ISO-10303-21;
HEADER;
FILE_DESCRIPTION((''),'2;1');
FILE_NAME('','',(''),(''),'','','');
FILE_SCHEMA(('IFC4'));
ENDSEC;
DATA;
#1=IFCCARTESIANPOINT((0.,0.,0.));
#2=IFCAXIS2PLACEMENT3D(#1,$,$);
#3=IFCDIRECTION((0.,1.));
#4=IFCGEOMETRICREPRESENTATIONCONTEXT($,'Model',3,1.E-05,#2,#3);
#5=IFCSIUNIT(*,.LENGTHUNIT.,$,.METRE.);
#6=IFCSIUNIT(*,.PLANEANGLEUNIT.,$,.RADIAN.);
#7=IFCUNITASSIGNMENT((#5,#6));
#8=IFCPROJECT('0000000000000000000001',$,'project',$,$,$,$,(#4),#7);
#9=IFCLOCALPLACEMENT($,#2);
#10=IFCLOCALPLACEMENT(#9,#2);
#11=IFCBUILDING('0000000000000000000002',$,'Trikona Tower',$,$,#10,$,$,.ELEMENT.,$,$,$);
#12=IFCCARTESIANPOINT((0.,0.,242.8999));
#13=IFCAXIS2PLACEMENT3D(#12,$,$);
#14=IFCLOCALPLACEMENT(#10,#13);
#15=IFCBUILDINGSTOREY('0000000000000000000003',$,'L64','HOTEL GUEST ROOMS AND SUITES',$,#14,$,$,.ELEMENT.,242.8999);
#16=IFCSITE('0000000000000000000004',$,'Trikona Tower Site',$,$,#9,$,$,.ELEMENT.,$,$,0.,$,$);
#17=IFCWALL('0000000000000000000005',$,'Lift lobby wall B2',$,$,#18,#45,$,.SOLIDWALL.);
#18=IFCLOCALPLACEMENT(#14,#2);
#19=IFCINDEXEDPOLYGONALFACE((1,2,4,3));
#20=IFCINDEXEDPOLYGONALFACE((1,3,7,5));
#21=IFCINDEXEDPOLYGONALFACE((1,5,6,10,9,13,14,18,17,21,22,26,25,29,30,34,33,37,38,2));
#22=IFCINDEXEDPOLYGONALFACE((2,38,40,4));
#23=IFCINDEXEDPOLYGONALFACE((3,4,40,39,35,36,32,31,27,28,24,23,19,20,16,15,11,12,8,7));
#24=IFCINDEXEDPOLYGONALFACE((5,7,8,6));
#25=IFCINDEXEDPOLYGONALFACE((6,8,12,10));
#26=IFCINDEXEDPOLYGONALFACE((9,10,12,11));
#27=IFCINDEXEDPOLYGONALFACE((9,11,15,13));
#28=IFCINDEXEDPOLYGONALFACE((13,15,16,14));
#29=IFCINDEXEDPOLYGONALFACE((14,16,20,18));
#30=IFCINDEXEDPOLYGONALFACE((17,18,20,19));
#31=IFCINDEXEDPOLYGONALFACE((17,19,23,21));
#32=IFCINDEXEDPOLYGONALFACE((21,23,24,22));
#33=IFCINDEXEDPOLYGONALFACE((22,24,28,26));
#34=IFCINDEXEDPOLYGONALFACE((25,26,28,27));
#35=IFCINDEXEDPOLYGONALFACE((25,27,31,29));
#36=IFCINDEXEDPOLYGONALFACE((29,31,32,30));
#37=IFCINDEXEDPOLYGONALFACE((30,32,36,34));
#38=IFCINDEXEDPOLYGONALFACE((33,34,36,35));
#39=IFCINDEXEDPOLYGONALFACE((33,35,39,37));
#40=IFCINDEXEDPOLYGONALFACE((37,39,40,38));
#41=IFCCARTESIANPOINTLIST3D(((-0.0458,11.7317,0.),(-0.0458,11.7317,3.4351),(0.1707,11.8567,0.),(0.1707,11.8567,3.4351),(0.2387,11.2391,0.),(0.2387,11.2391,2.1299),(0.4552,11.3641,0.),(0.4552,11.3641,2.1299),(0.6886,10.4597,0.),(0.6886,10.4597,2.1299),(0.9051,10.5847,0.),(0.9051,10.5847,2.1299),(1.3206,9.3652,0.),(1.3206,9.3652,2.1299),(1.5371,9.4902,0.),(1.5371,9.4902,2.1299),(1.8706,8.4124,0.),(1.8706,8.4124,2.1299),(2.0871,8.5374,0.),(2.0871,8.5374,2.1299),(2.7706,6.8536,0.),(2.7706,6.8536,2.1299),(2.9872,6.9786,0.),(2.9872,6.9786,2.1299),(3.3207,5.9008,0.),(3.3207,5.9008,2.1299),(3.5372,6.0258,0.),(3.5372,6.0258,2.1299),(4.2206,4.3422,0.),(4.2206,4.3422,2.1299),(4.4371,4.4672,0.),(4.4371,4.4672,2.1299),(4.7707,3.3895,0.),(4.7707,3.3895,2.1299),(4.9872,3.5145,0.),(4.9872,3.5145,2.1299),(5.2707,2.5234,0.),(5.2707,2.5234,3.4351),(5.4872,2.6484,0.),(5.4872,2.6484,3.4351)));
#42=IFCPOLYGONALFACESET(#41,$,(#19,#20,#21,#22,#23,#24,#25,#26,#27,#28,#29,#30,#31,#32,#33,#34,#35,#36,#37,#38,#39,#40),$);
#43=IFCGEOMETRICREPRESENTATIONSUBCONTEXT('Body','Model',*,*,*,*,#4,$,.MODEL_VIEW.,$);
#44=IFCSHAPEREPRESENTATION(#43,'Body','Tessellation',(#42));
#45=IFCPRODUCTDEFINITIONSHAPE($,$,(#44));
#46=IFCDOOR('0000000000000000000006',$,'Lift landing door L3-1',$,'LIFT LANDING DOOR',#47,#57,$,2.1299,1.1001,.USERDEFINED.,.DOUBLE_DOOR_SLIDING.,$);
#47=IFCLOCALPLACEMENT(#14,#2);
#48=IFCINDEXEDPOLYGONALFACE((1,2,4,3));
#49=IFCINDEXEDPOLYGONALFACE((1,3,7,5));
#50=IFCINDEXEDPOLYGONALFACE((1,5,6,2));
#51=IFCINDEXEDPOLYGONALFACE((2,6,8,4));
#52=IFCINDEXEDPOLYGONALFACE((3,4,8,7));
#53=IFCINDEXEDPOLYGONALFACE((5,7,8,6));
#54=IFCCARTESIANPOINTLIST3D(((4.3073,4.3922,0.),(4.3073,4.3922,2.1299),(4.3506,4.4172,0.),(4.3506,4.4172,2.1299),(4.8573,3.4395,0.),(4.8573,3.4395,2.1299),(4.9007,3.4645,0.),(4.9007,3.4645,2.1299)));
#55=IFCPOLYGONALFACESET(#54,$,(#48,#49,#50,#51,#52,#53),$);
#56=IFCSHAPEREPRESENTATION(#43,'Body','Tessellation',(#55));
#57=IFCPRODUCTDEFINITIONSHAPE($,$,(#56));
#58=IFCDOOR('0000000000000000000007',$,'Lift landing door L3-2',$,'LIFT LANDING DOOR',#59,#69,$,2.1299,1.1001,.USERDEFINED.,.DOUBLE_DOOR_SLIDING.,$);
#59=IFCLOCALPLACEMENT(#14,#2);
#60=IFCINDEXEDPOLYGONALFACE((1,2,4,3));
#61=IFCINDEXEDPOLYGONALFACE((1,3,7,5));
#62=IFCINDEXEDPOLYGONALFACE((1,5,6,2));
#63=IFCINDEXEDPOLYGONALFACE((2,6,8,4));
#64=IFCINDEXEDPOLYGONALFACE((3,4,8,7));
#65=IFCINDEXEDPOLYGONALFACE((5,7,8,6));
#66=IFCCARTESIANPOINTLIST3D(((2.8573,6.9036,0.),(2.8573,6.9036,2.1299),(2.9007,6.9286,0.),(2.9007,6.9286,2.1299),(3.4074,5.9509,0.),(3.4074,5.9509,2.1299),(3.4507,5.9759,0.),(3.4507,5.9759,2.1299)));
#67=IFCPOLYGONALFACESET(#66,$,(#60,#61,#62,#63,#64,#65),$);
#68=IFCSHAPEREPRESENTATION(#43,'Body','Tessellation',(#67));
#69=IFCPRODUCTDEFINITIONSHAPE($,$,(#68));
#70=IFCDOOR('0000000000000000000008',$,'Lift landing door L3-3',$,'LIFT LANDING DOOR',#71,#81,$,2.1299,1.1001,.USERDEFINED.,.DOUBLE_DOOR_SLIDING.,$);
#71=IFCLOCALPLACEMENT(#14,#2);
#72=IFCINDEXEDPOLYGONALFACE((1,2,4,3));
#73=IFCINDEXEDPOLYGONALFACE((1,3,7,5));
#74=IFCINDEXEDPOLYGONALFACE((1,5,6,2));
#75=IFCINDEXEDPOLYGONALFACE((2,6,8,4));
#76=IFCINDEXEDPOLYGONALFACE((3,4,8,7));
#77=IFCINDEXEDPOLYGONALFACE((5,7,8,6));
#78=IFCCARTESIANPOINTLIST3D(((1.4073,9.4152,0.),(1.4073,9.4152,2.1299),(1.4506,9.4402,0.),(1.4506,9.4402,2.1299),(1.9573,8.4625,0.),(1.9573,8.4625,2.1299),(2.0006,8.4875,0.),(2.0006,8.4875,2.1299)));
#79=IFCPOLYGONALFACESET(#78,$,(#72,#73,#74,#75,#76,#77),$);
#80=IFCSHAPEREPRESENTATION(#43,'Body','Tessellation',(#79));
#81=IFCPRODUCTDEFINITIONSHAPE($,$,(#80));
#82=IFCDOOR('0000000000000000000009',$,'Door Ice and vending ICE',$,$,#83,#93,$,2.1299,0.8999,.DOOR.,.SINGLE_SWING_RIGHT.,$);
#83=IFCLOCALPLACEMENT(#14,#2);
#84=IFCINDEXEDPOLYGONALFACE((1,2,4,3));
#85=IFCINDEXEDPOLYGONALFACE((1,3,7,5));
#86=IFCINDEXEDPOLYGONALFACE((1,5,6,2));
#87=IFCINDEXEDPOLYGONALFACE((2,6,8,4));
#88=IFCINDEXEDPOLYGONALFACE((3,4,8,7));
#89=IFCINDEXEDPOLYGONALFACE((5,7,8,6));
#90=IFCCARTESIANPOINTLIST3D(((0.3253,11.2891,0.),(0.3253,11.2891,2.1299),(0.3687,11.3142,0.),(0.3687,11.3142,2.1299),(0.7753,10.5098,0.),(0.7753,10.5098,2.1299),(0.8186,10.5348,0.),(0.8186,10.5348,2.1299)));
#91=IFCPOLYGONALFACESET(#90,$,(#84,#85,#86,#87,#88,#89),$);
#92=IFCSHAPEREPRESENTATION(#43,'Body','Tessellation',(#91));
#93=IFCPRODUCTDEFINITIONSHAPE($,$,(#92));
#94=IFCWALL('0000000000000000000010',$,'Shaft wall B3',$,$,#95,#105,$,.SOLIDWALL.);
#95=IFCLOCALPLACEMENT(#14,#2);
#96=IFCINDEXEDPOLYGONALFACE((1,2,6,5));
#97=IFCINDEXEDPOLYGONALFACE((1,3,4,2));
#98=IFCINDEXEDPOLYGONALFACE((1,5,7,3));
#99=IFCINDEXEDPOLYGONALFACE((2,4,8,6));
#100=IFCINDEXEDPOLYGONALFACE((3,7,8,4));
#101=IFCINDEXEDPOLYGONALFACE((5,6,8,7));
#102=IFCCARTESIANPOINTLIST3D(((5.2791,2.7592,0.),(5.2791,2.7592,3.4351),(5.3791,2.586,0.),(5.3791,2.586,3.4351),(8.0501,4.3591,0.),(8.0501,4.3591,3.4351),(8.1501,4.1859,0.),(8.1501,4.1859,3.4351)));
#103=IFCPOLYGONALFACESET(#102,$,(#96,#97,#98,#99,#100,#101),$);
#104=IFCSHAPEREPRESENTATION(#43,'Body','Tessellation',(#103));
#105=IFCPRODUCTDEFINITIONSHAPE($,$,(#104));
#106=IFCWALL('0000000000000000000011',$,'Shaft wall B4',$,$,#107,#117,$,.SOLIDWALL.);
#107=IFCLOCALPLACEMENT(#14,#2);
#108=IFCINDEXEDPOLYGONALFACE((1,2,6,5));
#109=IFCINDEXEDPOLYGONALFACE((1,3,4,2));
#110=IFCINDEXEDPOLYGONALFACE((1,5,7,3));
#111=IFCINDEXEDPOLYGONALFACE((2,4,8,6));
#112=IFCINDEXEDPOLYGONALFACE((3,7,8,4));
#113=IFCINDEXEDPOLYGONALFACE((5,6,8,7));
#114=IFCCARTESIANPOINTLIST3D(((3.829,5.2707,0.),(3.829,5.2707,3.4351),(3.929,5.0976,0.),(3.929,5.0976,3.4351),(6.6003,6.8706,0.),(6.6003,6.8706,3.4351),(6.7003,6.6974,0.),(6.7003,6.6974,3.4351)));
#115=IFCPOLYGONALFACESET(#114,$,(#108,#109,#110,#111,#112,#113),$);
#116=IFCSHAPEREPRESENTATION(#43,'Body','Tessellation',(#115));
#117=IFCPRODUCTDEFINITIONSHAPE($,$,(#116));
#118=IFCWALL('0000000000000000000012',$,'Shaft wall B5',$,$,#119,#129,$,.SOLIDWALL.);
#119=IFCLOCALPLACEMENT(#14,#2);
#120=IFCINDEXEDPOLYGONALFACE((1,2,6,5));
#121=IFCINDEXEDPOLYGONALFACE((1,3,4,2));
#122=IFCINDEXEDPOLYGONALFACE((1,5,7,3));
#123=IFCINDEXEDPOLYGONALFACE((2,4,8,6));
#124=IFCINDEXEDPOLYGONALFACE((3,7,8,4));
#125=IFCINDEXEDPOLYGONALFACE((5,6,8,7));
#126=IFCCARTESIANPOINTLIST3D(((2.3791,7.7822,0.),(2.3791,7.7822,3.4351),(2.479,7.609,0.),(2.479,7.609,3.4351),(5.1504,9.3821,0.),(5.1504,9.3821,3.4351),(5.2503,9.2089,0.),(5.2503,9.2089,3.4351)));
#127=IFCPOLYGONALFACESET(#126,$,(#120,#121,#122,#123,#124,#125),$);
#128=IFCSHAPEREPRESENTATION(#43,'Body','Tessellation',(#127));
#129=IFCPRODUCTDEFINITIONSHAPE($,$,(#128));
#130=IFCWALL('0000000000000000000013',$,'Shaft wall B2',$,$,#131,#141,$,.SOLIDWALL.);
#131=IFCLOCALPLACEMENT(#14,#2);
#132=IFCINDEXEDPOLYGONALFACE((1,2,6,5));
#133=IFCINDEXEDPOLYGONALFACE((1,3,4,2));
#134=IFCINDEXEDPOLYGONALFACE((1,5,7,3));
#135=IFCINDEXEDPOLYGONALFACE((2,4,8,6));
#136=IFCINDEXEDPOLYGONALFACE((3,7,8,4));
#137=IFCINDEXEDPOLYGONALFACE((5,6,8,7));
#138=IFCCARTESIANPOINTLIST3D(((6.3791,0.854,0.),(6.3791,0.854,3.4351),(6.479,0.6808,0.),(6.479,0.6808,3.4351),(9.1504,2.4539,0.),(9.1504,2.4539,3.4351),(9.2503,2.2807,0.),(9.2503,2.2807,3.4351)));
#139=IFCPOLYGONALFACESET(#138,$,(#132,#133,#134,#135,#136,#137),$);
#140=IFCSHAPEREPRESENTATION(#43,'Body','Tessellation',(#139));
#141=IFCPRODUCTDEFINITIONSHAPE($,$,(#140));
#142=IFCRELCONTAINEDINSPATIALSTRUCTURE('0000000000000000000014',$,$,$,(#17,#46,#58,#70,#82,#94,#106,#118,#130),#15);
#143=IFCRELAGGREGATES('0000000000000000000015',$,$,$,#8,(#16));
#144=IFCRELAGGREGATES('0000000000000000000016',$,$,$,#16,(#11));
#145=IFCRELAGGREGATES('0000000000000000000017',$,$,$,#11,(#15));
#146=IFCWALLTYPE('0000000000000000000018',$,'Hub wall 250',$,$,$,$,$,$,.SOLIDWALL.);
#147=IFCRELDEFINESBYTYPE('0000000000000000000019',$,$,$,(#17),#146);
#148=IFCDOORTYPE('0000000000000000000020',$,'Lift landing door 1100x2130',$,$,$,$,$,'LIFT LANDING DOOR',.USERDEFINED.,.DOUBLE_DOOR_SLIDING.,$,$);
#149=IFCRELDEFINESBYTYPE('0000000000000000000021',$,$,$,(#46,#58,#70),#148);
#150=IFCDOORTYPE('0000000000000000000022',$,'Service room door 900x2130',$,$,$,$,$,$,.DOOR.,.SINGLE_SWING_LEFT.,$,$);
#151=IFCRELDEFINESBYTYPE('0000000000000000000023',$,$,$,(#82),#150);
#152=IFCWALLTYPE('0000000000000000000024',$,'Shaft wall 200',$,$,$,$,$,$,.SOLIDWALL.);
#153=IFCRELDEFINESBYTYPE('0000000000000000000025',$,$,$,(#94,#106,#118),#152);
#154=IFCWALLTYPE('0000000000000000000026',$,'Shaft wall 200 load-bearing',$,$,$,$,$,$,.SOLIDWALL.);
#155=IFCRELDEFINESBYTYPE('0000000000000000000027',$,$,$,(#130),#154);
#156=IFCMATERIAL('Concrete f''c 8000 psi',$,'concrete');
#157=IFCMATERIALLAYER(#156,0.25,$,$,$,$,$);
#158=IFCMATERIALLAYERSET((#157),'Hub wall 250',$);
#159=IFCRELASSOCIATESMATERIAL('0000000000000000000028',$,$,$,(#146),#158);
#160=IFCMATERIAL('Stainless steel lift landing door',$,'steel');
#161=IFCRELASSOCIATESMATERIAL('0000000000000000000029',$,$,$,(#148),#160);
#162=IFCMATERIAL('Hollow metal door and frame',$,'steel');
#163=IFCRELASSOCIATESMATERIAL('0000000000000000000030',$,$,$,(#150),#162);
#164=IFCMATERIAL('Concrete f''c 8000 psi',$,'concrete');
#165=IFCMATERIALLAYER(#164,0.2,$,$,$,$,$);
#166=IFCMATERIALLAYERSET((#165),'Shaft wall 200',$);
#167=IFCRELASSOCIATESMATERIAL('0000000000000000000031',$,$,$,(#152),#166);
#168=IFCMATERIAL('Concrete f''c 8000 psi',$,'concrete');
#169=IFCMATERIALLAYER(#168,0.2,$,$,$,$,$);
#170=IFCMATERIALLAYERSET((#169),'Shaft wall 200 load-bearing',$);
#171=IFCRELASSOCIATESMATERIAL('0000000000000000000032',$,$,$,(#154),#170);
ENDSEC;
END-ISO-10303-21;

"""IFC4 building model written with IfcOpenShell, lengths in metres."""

from ifc_helpers import new_model, si_unit, direction, frame, frame_2d, origin, place, context, subcontext, project, spatial, rectangle, extrude, material, layer, layer_set, type_object, element, fill, save


model = new_model("IFC4")

# Units and contexts
model_context = context("Model", 3, precision=1e-05, world=origin(), true_north=direction((0.0, 1.0)))
body_context = subcontext(model_context, "Body", "Model", "MODEL_VIEW")
ifc_project = project(units=[si_unit("LENGTHUNIT", "METRE"), si_unit("PLANEANGLEUNIT", "RADIAN")], contexts=[model_context])

# Site, building, storey
site_placement = place(None, origin())
site = spatial("IfcSite", under=ifc_project, at=site_placement, Name="Trikona Tower Site", CompositionType="ELEMENT", RefElevation=0.0)
building_placement = place(site_placement, origin())
building = spatial("IfcBuilding", under=site, at=building_placement, Name="Trikona Tower", CompositionType="ELEMENT")
storey_placement = place(building_placement, frame((0.0, 0.0, 242.8999)))
storey = spatial("IfcBuildingStorey", under=building, at=storey_placement, Name="L64", Description="HOTEL GUEST ROOMS AND SUITES", CompositionType="ELEMENT", Elevation=242.8999)

# Wall, openings, doors
ifc_material_1 = material(Name="Concrete f'c 8000 psi", Category="concrete")
ifc_layer_1 = layer(ifc_material_1, 0.25)
ifc_layer_set_1 = layer_set([ifc_layer_1], Name="Hub wall 250")
wall_type_1 = type_object("IfcWallType", Name="Hub wall 250", PredefinedType="SOLIDWALL", material=ifc_layer_set_1)
wall_1_placement = place(storey_placement, frame((5.3789, 2.5859, 0.0), z_axis=(0.0, 0.0, 1.0), x_axis=(-0.500001, 0.866025, 0.0)))
wall_1 = element("IfcWall", 1, at=wall_1_placement, inside=storey, type_object=wall_type_1, Name="Lift lobby wall B2", PredefinedType="SOLIDWALL", context=body_context, shape_type="SweptSolid", body=[
    extrude(rectangle(XDim=10.6328, YDim=0.25, at=frame_2d((5.3164, 0.0))), origin(), (0.0, 0.0, 1.0), 3.4351),
])
opening_1_placement = place(wall_1_placement, frame((9.1641, 0.0, 0.0)))
opening_1 = element("IfcOpeningElement", 2, at=opening_1_placement, cuts=wall_1, PredefinedType="OPENING", context=body_context, shape_type="SweptSolid", body=[
    extrude(rectangle(XDim=0.8999, YDim=2.1299, at=frame_2d((0.45, 1.0649))), frame((0.0, 0.135, 0.0), z_axis=(0.0, -1.0, 0.0), x_axis=(1.0, 0.0, 0.0)), (0.0, 0.0, 1.0), 0.27),
])
opening_2_placement = place(wall_1_placement, frame((1.0, 0.0, 0.0)))
opening_2 = element("IfcOpeningElement", 3, at=opening_2_placement, cuts=wall_1, PredefinedType="OPENING", context=body_context, shape_type="SweptSolid", body=[
    extrude(rectangle(XDim=1.1001, YDim=2.1299, at=frame_2d((0.55, 1.0649))), frame((0.0, 0.135, 0.0), z_axis=(0.0, -1.0, 0.0), x_axis=(1.0, 0.0, 0.0)), (0.0, 0.0, 1.0), 0.27),
])
opening_3_placement = place(wall_1_placement, frame((3.8999, 0.0, 0.0)))
opening_3 = element("IfcOpeningElement", 4, at=opening_3_placement, cuts=wall_1, PredefinedType="OPENING", context=body_context, shape_type="SweptSolid", body=[
    extrude(rectangle(XDim=1.1001, YDim=2.1299, at=frame_2d((0.55, 1.0649))), frame((0.0, 0.135, 0.0), z_axis=(0.0, -1.0, 0.0), x_axis=(1.0, 0.0, 0.0)), (0.0, 0.0, 1.0), 0.27),
])
opening_4_placement = place(wall_1_placement, frame((6.8, 0.0, 0.0)))
opening_4 = element("IfcOpeningElement", 5, at=opening_4_placement, cuts=wall_1, PredefinedType="OPENING", context=body_context, shape_type="SweptSolid", body=[
    extrude(rectangle(XDim=1.1001, YDim=2.1299, at=frame_2d((0.55, 1.0649))), frame((0.0, 0.135, 0.0), z_axis=(0.0, -1.0, 0.0), x_axis=(1.0, 0.0, 0.0)), (0.0, 0.0, 1.0), 0.27),
])
ifc_material_2 = material(Name="Stainless steel lift landing door", Category="steel")
door_type_1 = type_object("IfcDoorType", Name="Lift landing door 1100x2130", ElementType="LIFT LANDING DOOR", OperationType="DOUBLE_DOOR_SLIDING", PredefinedType="USERDEFINED", material=ifc_material_2)
door_1_placement = place(opening_2_placement, origin())
door_1 = element("IfcDoor", 6, at=door_1_placement, inside=storey, type_object=door_type_1, Name="Lift landing door L3-1", ObjectType="LIFT LANDING DOOR", OperationType="DOUBLE_DOOR_SLIDING", OverallHeight=2.1299, OverallWidth=1.1001, PredefinedType="USERDEFINED", context=body_context, shape_type="SweptSolid", body=[
    extrude(rectangle(XDim=1.1001, YDim=2.1299, at=frame_2d((0.55, 1.0649))), frame((0.0, 0.0249, 0.0), z_axis=(0.0, -1.0, 0.0), x_axis=(1.0, 0.0, 0.0)), (0.0, 0.0, 1.0), 0.05),
])
fill(opening_2, door_1)
door_2_placement = place(opening_3_placement, origin())
door_2 = element("IfcDoor", 7, at=door_2_placement, inside=storey, type_object=door_type_1, Name="Lift landing door L3-2", ObjectType="LIFT LANDING DOOR", OperationType="DOUBLE_DOOR_SLIDING", OverallHeight=2.1299, OverallWidth=1.1001, PredefinedType="USERDEFINED", context=body_context, shape_type="SweptSolid", body=[
    extrude(rectangle(XDim=1.1001, YDim=2.1299, at=frame_2d((0.55, 1.0649))), frame((0.0, 0.0249, 0.0), z_axis=(0.0, -1.0, 0.0), x_axis=(1.0, 0.0, 0.0)), (0.0, 0.0, 1.0), 0.05),
])
fill(opening_3, door_2)
door_3_placement = place(opening_4_placement, origin())
door_3 = element("IfcDoor", 8, at=door_3_placement, inside=storey, type_object=door_type_1, Name="Lift landing door L3-3", ObjectType="LIFT LANDING DOOR", OperationType="DOUBLE_DOOR_SLIDING", OverallHeight=2.1299, OverallWidth=1.1001, PredefinedType="USERDEFINED", context=body_context, shape_type="SweptSolid", body=[
    extrude(rectangle(XDim=1.1001, YDim=2.1299, at=frame_2d((0.55, 1.0649))), frame((0.0, 0.0249, 0.0), z_axis=(0.0, -1.0, 0.0), x_axis=(1.0, 0.0, 0.0)), (0.0, 0.0, 1.0), 0.05),
])
fill(opening_4, door_3)
ifc_material_3 = material(Name="Hollow metal door and frame", Category="steel")
door_type_2 = type_object("IfcDoorType", Name="Service room door 900x2130", OperationType="SINGLE_SWING_LEFT", PredefinedType="DOOR", material=ifc_material_3)
door_4_placement = place(opening_1_placement, origin())
door_4 = element("IfcDoor", 9, at=door_4_placement, inside=storey, type_object=door_type_2, Name="Door Ice and vending ICE", OperationType="SINGLE_SWING_RIGHT", OverallHeight=2.1299, OverallWidth=0.8999, PredefinedType="DOOR", context=body_context, shape_type="SweptSolid", body=[
    extrude(rectangle(XDim=0.8999, YDim=2.1299, at=frame_2d((0.45, 1.0649))), frame((0.0, 0.0249, 0.0), z_axis=(0.0, -1.0, 0.0), x_axis=(1.0, 0.0, 0.0)), (0.0, 0.0, 1.0), 0.05),
])
fill(opening_1, door_4)

# Walls
ifc_material_4 = material(Name="Concrete f'c 8000 psi", Category="concrete")
ifc_layer_2 = layer(ifc_material_4, 0.2)
ifc_layer_set_2 = layer_set([ifc_layer_2], Name="Shaft wall 200")
wall_type_2 = type_object("IfcWallType", Name="Shaft wall 200", PredefinedType="SOLIDWALL", material=ifc_layer_set_2)
wall_2_placement = place(storey_placement, frame((5.3291, 2.6726, 0.0), z_axis=(0.0, 0.0, 1.0), x_axis=(0.866023, 0.500004, 0.0)))
element("IfcWall", 10, at=wall_2_placement, inside=storey, type_object=wall_type_2, Name="Shaft wall B3", PredefinedType="SOLIDWALL", context=body_context, shape_type="SweptSolid", body=[
    extrude(rectangle(XDim=3.1997, YDim=0.2, at=frame_2d((1.5999, 0.0))), origin(), (0.0, 0.0, 1.0), 3.4351),
])
for number, where, z_axis, x_axis, name in (
    (11, (3.8789, 5.1841, 0.0), (0.0, 0.0, 1.0), (0.866042, 0.499971, 0.0), "Shaft wall B4"),
    (12, (2.429, 7.6956, 0.0), (0.0, 0.0, 1.0), (0.866042, 0.499971, 0.0), "Shaft wall B5"),
):
    element("IfcWall", number, at=place(storey_placement, frame(where, z_axis=z_axis, x_axis=x_axis)), inside=storey, type_object=wall_type_2, Name=name, PredefinedType="SOLIDWALL", context=body_context, shape_type="SweptSolid", body=[
        extrude(rectangle(XDim=3.2, YDim=0.2, at=frame_2d((1.6001, 0.0))), origin(), (0.0, 0.0, 1.0), 3.4351),
    ])
ifc_material_5 = material(Name="Concrete f'c 8000 psi", Category="concrete")
ifc_layer_3 = layer(ifc_material_5, 0.2)
ifc_layer_set_3 = layer_set([ifc_layer_3], Name="Shaft wall 200 load-bearing")
wall_type_3 = type_object("IfcWallType", Name="Shaft wall 200 load-bearing", PredefinedType="SOLIDWALL", material=ifc_layer_set_3)
wall_3_placement = place(storey_placement, frame((6.429, 0.7673, 0.0), z_axis=(0.0, 0.0, 1.0), x_axis=(0.866042, 0.499971, 0.0)))
element("IfcWall", 13, at=wall_3_placement, inside=storey, type_object=wall_type_3, Name="Shaft wall B2", PredefinedType="SOLIDWALL", context=body_context, shape_type="SweptSolid", body=[
    extrude(rectangle(XDim=3.2, YDim=0.2, at=frame_2d((1.6001, 0.0))), origin(), (0.0, 0.0, 1.0), 3.4351),
])

save(model, "model.ifc")
